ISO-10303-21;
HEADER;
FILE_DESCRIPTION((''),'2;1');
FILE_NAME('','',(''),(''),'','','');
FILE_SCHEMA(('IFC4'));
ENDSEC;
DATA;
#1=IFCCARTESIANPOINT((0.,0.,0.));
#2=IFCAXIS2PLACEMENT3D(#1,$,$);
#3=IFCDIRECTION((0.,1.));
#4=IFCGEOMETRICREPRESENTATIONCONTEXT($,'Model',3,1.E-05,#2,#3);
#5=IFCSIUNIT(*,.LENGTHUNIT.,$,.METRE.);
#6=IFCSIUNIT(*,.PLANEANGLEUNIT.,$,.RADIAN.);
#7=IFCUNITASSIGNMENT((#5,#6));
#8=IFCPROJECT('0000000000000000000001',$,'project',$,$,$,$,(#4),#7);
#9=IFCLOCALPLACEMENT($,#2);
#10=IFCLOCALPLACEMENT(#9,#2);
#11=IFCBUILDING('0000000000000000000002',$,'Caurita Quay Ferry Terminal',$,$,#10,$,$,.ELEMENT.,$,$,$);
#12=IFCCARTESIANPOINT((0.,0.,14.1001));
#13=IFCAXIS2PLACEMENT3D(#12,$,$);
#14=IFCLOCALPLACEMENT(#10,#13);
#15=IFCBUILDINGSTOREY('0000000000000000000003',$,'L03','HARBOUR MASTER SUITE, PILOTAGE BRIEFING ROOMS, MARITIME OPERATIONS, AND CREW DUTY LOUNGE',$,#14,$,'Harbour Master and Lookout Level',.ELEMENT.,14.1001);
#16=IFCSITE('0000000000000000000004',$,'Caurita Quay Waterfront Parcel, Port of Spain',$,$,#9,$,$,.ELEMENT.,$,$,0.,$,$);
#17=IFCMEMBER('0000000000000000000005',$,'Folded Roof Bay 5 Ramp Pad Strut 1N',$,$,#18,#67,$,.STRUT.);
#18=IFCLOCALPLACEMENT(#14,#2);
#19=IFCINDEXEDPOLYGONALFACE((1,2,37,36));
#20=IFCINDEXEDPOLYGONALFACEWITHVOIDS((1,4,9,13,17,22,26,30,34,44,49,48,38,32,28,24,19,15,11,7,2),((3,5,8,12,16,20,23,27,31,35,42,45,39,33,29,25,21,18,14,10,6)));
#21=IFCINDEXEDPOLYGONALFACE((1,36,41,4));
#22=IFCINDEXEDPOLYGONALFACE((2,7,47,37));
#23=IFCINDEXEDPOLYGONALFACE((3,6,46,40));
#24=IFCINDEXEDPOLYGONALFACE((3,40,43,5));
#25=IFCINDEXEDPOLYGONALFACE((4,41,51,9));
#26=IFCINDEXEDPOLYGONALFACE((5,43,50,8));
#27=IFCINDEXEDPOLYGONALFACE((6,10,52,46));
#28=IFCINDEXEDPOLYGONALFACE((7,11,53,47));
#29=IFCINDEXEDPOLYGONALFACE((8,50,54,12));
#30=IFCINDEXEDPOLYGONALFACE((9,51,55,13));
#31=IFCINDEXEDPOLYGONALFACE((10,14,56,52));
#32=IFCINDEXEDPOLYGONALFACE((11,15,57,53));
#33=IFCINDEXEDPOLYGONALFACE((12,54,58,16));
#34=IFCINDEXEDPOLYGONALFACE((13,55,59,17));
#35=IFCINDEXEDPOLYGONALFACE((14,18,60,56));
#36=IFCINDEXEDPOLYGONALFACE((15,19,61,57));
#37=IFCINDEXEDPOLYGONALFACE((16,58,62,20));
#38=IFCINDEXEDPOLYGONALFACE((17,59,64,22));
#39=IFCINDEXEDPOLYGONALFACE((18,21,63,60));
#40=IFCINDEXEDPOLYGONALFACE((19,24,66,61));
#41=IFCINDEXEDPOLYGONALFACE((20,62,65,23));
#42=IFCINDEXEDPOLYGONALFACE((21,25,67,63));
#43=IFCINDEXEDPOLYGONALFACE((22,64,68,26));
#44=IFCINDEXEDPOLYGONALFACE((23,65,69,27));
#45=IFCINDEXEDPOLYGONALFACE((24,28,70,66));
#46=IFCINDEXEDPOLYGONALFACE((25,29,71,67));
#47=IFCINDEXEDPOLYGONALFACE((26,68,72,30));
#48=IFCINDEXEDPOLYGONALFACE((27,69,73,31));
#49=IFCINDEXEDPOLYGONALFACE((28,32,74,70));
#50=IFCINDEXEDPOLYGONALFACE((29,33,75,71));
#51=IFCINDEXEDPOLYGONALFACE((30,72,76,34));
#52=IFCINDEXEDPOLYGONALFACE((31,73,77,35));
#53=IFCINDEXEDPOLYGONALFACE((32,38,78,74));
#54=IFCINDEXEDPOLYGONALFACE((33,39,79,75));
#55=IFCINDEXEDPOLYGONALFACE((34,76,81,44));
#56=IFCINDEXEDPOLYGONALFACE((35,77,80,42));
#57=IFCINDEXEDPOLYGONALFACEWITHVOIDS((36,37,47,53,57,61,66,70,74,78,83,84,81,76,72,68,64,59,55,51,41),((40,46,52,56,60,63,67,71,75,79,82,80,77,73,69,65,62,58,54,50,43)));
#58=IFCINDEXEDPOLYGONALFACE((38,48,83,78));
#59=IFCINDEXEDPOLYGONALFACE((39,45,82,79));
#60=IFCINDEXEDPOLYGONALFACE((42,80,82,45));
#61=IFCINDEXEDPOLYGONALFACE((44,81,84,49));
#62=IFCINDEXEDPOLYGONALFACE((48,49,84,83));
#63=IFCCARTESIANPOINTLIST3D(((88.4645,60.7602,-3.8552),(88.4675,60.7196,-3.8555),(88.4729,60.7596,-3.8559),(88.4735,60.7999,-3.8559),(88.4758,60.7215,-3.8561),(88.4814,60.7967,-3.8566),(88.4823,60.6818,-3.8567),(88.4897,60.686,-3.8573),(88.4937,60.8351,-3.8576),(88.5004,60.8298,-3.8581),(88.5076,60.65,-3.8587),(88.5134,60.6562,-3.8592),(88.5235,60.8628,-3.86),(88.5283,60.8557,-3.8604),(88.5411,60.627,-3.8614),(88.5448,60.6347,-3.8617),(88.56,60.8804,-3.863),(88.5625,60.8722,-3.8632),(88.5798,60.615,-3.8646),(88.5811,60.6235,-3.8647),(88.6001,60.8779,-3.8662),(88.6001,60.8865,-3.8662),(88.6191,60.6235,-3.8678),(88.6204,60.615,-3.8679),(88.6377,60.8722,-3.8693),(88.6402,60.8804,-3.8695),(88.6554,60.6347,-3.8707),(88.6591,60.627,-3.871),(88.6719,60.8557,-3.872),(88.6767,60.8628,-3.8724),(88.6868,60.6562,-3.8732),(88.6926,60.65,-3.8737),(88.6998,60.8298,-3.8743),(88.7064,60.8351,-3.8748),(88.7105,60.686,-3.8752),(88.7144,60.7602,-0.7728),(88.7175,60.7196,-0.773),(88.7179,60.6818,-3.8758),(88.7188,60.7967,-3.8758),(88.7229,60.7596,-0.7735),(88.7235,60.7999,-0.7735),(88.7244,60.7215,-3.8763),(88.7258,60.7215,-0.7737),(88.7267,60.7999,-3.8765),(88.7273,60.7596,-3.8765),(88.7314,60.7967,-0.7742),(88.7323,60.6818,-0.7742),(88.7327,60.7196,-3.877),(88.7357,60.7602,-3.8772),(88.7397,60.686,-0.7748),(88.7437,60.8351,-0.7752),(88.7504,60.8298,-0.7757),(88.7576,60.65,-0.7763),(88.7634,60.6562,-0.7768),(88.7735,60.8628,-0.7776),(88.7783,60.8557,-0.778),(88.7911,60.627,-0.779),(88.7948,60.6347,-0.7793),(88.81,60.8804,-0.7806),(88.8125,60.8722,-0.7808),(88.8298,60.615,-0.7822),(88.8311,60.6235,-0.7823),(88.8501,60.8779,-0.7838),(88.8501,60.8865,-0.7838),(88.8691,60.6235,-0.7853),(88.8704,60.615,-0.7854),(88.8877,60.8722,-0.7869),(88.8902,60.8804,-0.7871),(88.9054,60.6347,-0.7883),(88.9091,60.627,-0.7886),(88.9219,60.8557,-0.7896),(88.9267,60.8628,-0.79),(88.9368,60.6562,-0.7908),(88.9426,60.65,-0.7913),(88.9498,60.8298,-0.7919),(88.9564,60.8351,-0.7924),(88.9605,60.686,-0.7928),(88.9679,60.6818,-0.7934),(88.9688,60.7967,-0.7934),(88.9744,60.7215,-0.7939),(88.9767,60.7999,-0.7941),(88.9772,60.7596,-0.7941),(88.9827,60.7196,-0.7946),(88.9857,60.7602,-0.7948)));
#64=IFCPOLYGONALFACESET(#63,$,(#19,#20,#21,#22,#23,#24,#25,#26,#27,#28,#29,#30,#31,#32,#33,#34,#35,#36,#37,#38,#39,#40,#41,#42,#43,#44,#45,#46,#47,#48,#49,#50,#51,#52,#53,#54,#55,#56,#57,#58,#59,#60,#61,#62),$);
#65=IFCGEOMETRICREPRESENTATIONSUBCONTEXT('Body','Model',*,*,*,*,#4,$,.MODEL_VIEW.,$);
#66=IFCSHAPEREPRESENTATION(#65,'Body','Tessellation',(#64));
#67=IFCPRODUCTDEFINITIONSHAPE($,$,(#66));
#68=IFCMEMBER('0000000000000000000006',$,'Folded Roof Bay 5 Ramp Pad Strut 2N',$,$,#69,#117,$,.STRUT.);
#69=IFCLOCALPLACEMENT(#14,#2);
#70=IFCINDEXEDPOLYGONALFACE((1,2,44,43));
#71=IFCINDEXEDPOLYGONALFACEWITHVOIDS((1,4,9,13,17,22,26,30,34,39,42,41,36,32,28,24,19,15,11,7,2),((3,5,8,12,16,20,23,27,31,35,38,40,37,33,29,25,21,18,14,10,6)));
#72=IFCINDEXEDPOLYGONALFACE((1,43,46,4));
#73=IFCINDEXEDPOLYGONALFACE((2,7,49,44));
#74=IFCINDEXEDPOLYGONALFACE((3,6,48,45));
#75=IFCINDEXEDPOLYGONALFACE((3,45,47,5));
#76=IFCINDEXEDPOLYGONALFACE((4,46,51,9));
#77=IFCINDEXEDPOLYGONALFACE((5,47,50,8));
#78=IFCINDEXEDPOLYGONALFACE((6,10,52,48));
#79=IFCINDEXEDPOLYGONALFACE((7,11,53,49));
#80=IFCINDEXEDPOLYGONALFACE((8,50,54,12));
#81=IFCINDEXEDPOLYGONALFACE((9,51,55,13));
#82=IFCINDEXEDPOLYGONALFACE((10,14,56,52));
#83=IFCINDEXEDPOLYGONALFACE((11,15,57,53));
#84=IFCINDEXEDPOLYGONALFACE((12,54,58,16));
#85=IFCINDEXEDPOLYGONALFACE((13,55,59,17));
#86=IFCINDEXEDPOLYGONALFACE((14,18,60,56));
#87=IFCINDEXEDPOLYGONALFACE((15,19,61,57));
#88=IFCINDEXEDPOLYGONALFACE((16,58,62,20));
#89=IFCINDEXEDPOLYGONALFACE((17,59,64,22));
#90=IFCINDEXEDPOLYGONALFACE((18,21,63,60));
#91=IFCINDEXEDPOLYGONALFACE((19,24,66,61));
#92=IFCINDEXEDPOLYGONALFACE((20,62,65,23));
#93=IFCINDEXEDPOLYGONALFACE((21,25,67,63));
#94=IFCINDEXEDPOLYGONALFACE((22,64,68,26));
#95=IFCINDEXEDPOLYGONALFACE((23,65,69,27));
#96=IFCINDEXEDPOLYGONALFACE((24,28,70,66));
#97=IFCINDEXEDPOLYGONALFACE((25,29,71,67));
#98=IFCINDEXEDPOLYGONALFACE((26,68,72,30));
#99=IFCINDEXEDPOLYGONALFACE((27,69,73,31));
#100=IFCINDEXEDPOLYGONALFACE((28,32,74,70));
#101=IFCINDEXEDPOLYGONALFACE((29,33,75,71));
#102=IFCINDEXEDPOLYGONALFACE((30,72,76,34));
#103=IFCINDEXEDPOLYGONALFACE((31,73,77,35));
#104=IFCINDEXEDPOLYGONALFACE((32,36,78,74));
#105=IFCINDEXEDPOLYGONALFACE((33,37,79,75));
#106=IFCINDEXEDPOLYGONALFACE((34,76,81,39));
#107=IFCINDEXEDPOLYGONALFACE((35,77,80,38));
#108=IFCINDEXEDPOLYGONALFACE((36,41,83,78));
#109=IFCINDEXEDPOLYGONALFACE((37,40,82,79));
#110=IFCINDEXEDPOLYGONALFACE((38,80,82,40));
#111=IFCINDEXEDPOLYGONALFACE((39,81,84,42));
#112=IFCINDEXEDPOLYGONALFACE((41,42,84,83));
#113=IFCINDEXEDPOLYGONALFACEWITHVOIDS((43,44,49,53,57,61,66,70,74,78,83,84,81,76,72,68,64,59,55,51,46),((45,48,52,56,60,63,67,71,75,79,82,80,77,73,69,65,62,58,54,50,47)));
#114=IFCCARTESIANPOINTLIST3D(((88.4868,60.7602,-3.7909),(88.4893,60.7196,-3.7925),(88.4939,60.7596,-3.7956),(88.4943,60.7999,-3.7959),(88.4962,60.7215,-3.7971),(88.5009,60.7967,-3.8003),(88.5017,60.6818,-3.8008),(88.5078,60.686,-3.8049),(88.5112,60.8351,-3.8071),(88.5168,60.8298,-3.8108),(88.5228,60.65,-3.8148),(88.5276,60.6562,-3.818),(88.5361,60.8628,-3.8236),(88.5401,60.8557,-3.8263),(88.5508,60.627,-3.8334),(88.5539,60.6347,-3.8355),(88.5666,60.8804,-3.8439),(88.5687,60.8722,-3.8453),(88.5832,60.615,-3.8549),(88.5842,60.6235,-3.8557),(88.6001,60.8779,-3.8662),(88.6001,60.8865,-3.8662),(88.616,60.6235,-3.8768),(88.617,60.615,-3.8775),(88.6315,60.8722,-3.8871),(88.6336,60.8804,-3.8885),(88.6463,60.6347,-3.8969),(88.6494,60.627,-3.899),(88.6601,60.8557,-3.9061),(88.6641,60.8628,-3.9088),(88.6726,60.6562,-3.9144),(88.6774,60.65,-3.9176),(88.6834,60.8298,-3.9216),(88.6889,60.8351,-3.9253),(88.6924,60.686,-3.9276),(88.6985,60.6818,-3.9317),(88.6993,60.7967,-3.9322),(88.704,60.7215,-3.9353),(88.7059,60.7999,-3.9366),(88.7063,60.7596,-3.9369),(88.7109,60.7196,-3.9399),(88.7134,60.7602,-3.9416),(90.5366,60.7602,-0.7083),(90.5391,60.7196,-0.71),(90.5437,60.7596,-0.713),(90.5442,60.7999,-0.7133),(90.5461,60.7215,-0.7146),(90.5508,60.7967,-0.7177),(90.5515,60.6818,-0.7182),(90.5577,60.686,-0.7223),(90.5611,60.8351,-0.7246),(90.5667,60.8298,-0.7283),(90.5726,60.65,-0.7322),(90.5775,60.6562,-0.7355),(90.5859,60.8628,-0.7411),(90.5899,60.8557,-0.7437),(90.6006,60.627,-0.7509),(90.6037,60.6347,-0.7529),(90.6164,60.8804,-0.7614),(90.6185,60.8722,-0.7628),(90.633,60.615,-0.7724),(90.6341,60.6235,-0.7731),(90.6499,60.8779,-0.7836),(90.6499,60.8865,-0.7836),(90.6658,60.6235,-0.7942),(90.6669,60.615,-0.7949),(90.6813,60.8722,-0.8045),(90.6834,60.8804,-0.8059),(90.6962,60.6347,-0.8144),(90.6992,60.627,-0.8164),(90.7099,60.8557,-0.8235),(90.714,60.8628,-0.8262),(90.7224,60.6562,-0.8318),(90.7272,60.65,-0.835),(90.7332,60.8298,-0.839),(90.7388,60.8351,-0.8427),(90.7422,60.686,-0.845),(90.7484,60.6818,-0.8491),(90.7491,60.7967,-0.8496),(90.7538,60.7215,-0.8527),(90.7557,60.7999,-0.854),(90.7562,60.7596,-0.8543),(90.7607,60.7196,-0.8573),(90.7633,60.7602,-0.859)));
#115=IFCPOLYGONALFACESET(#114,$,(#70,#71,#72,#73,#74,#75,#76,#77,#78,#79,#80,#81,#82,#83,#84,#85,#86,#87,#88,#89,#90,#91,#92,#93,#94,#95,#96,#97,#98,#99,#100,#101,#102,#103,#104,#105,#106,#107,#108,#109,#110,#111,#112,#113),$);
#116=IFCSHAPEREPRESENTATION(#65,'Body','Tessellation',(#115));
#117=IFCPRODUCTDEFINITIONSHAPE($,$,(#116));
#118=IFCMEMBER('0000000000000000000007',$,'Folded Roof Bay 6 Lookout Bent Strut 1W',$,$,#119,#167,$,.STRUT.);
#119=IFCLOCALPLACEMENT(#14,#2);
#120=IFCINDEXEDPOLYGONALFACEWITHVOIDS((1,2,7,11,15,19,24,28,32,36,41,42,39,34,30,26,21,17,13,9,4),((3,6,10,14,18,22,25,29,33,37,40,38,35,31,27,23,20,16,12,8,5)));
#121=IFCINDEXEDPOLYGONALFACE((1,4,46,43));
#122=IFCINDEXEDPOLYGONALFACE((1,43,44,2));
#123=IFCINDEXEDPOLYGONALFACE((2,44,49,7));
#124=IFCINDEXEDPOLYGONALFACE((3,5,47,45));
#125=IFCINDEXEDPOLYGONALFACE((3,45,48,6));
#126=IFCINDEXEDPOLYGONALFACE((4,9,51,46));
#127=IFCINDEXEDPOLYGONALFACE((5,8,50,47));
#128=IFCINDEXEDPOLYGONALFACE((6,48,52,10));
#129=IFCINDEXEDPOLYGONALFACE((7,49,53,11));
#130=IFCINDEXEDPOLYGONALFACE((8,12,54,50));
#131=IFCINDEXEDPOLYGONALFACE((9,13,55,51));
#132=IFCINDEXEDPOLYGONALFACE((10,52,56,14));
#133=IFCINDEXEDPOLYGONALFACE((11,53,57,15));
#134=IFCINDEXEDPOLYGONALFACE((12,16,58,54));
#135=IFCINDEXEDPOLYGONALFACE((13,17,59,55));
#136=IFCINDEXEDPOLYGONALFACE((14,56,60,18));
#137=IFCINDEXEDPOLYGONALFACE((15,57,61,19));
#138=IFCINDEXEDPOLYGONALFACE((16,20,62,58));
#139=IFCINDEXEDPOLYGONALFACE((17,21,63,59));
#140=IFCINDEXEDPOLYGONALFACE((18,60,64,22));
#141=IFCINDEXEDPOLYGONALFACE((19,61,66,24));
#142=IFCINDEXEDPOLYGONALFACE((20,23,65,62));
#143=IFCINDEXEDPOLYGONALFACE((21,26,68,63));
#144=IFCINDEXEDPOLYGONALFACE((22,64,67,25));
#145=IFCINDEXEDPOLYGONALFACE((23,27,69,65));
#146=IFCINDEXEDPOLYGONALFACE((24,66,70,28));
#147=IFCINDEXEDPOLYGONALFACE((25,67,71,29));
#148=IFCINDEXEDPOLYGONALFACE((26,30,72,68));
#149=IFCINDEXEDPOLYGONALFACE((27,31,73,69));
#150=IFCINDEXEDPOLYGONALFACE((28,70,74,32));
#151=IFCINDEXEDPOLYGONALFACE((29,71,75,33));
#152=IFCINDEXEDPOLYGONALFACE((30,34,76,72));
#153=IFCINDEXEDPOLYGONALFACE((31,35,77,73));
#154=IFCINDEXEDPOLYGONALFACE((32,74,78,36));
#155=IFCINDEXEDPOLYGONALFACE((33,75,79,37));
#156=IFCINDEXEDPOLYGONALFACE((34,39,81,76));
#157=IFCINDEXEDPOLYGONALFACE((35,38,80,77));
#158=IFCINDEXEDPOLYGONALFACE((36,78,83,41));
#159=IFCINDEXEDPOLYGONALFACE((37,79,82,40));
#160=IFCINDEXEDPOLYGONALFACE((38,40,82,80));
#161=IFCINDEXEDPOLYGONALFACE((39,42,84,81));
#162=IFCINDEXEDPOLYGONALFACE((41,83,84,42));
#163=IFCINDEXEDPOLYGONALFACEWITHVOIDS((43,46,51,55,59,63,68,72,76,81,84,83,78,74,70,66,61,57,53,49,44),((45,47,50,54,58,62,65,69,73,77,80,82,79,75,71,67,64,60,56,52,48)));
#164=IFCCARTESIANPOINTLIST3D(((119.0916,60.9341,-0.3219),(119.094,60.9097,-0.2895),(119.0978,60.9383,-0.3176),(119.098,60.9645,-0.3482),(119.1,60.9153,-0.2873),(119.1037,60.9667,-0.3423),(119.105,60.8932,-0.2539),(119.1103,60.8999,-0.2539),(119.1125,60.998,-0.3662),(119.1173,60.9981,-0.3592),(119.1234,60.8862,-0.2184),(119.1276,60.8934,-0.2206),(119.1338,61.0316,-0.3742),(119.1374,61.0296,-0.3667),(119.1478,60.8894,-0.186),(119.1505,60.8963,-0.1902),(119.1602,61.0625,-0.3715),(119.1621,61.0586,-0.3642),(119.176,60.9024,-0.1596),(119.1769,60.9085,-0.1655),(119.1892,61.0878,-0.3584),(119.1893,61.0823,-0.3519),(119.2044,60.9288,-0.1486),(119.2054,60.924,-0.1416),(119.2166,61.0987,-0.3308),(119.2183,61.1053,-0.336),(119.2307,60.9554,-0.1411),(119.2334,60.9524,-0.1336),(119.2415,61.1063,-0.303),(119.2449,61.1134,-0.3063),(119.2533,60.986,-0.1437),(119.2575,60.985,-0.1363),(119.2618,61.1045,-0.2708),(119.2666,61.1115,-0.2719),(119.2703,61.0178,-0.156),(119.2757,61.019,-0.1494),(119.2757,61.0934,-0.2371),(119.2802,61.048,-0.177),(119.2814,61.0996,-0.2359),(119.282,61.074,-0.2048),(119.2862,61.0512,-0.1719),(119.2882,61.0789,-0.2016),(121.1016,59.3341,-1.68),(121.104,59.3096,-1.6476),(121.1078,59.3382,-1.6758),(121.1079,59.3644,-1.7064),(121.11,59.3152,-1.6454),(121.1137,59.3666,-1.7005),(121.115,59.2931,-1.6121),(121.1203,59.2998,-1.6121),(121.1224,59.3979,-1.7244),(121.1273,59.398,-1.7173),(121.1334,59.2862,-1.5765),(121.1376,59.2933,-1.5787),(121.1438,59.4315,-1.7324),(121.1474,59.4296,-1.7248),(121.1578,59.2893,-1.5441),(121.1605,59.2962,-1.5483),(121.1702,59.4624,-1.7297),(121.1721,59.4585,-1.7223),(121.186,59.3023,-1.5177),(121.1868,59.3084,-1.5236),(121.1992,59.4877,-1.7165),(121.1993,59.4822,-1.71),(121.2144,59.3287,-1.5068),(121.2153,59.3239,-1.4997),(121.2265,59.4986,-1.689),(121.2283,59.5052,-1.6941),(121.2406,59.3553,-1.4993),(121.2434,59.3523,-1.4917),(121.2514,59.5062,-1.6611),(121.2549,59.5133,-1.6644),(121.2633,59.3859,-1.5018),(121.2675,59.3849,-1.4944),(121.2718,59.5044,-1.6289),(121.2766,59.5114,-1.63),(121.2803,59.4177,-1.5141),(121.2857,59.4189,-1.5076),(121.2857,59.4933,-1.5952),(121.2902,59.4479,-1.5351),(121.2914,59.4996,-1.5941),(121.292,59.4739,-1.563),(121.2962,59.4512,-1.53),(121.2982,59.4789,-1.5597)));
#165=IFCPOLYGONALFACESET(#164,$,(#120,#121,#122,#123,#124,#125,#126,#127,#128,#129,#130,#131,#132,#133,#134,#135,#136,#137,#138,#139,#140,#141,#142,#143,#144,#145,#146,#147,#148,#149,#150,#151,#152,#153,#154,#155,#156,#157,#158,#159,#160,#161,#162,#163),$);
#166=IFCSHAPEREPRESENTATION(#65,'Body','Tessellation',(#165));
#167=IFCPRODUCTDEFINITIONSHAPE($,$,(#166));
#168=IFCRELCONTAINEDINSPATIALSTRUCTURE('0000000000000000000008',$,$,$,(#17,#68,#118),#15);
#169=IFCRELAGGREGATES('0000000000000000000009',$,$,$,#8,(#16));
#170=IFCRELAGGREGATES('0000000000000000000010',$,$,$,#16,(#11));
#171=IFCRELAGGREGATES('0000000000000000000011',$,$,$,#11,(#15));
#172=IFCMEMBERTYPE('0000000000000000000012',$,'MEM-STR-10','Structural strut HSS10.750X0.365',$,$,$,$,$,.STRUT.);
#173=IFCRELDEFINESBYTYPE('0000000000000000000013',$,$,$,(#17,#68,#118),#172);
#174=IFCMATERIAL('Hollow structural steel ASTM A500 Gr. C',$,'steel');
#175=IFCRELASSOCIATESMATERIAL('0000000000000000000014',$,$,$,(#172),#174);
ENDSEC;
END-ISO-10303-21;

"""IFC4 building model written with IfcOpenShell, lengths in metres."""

from ifc_helpers import new_model, si_unit, direction, frame, origin, origin_2d, place, context, subcontext, project, spatial, hollow_circle, extrude, material, material_profile, profile_set, type_object, element, save


model = new_model("IFC4")

# Units and contexts
model_context = context("Model", 3, precision=1e-05, world=origin(), true_north=direction((0.0, 1.0)))
body_context = subcontext(model_context, "Body", "Model", "MODEL_VIEW")
ifc_project = project(units=[si_unit("LENGTHUNIT", "METRE"), si_unit("PLANEANGLEUNIT", "RADIAN")], contexts=[model_context])

# Site, building, storey
site_placement = place(None, origin())
site = spatial("IfcSite", under=ifc_project, at=site_placement, Name="Caurita Quay Waterfront Parcel, Port of Spain", CompositionType="ELEMENT", RefElevation=0.0)
building_placement = place(site_placement, origin())
building = spatial("IfcBuilding", under=site, at=building_placement, Name="Caurita Quay Ferry Terminal", CompositionType="ELEMENT")
storey_placement = place(building_placement, frame((0.0, 0.0, 14.1001)))
storey = spatial("IfcBuildingStorey", under=building, at=storey_placement, Name="L03", Description="HARBOUR MASTER SUITE, PILOTAGE BRIEFING ROOMS, MARITIME OPERATIONS, AND CREW DUTY LOUNGE", LongName="Harbour Master and Lookout Level", CompositionType="ELEMENT", Elevation=14.1001)

# Members
ifc_material_1 = material(Name="Hollow structural steel ASTM A500 Gr. C", Category="steel")
ifc_material_profile_1 = material_profile(ifc_material_1, hollow_circle(Radius=0.1365, WallThickness=0.0085, at=origin_2d()), Name="HSS10.750X0.365")
ifc_profile_set_1 = profile_set([ifc_material_profile_1], Name="Hollow structural steel ASTM A500 Gr. C")
member_type = type_object("IfcMemberType", Name="MEM-STR-10", Description="Structural strut HSS10.750X0.365", PredefinedType="STRUT", material=ifc_profile_set_1)
member_1_placement = place(storey_placement, frame((88.6001, 60.75, -3.8662), z_axis=(0.080837, 0.0, 0.996727), x_axis=(0.0, 1.0, 0.0)))
element("IfcMember", 1, at=member_1_placement, inside=storey, type_object=member_type, Name="Folded Roof Bay 5 Ramp Pad Strut 1N", PredefinedType="STRUT", context=body_context, shape_type="SweptSolid", body=[
    extrude(hollow_circle(Radius=0.1365, WallThickness=0.0085, at=origin_2d()), origin(), (0.0, 0.0, 1.0), 3.0925),
])
member_2_placement = place(storey_placement, frame((88.6001, 60.75, -3.8662), z_axis=(0.553726, 0.0, 0.832699), x_axis=(0.0, 1.0, 0.0)))
element("IfcMember", 2, at=member_2_placement, inside=storey, type_object=member_type, Name="Folded Roof Bay 5 Ramp Pad Strut 2N", PredefinedType="STRUT", context=body_context, shape_type="SweptSolid", body=[
    extrude(hollow_circle(Radius=0.1365, WallThickness=0.0085, at=origin_2d()), origin(), (0.0, 0.0, 1.0), 3.7019),
])
for number, where, z_axis, x_axis, name in (
    (3, (121.2, 59.3999, -1.6121), (-0.691668, 0.550612, 0.467357), (-0.622816, -0.782368, 0.0), "Folded Roof Bay 6 Lookout Bent Strut 1W"),
):
    element("IfcMember", number, at=place(storey_placement, frame(where, z_axis=z_axis, x_axis=x_axis)), inside=storey, type_object=member_type, Name=name, PredefinedType="STRUT", context=body_context, shape_type="SweptSolid", body=[
        extrude(hollow_circle(Radius=0.1365, WallThickness=0.0085, at=origin_2d()), origin(), (0.0, 0.0, 1.0), 2.906),
    ])

save(model, "model.ifc")
